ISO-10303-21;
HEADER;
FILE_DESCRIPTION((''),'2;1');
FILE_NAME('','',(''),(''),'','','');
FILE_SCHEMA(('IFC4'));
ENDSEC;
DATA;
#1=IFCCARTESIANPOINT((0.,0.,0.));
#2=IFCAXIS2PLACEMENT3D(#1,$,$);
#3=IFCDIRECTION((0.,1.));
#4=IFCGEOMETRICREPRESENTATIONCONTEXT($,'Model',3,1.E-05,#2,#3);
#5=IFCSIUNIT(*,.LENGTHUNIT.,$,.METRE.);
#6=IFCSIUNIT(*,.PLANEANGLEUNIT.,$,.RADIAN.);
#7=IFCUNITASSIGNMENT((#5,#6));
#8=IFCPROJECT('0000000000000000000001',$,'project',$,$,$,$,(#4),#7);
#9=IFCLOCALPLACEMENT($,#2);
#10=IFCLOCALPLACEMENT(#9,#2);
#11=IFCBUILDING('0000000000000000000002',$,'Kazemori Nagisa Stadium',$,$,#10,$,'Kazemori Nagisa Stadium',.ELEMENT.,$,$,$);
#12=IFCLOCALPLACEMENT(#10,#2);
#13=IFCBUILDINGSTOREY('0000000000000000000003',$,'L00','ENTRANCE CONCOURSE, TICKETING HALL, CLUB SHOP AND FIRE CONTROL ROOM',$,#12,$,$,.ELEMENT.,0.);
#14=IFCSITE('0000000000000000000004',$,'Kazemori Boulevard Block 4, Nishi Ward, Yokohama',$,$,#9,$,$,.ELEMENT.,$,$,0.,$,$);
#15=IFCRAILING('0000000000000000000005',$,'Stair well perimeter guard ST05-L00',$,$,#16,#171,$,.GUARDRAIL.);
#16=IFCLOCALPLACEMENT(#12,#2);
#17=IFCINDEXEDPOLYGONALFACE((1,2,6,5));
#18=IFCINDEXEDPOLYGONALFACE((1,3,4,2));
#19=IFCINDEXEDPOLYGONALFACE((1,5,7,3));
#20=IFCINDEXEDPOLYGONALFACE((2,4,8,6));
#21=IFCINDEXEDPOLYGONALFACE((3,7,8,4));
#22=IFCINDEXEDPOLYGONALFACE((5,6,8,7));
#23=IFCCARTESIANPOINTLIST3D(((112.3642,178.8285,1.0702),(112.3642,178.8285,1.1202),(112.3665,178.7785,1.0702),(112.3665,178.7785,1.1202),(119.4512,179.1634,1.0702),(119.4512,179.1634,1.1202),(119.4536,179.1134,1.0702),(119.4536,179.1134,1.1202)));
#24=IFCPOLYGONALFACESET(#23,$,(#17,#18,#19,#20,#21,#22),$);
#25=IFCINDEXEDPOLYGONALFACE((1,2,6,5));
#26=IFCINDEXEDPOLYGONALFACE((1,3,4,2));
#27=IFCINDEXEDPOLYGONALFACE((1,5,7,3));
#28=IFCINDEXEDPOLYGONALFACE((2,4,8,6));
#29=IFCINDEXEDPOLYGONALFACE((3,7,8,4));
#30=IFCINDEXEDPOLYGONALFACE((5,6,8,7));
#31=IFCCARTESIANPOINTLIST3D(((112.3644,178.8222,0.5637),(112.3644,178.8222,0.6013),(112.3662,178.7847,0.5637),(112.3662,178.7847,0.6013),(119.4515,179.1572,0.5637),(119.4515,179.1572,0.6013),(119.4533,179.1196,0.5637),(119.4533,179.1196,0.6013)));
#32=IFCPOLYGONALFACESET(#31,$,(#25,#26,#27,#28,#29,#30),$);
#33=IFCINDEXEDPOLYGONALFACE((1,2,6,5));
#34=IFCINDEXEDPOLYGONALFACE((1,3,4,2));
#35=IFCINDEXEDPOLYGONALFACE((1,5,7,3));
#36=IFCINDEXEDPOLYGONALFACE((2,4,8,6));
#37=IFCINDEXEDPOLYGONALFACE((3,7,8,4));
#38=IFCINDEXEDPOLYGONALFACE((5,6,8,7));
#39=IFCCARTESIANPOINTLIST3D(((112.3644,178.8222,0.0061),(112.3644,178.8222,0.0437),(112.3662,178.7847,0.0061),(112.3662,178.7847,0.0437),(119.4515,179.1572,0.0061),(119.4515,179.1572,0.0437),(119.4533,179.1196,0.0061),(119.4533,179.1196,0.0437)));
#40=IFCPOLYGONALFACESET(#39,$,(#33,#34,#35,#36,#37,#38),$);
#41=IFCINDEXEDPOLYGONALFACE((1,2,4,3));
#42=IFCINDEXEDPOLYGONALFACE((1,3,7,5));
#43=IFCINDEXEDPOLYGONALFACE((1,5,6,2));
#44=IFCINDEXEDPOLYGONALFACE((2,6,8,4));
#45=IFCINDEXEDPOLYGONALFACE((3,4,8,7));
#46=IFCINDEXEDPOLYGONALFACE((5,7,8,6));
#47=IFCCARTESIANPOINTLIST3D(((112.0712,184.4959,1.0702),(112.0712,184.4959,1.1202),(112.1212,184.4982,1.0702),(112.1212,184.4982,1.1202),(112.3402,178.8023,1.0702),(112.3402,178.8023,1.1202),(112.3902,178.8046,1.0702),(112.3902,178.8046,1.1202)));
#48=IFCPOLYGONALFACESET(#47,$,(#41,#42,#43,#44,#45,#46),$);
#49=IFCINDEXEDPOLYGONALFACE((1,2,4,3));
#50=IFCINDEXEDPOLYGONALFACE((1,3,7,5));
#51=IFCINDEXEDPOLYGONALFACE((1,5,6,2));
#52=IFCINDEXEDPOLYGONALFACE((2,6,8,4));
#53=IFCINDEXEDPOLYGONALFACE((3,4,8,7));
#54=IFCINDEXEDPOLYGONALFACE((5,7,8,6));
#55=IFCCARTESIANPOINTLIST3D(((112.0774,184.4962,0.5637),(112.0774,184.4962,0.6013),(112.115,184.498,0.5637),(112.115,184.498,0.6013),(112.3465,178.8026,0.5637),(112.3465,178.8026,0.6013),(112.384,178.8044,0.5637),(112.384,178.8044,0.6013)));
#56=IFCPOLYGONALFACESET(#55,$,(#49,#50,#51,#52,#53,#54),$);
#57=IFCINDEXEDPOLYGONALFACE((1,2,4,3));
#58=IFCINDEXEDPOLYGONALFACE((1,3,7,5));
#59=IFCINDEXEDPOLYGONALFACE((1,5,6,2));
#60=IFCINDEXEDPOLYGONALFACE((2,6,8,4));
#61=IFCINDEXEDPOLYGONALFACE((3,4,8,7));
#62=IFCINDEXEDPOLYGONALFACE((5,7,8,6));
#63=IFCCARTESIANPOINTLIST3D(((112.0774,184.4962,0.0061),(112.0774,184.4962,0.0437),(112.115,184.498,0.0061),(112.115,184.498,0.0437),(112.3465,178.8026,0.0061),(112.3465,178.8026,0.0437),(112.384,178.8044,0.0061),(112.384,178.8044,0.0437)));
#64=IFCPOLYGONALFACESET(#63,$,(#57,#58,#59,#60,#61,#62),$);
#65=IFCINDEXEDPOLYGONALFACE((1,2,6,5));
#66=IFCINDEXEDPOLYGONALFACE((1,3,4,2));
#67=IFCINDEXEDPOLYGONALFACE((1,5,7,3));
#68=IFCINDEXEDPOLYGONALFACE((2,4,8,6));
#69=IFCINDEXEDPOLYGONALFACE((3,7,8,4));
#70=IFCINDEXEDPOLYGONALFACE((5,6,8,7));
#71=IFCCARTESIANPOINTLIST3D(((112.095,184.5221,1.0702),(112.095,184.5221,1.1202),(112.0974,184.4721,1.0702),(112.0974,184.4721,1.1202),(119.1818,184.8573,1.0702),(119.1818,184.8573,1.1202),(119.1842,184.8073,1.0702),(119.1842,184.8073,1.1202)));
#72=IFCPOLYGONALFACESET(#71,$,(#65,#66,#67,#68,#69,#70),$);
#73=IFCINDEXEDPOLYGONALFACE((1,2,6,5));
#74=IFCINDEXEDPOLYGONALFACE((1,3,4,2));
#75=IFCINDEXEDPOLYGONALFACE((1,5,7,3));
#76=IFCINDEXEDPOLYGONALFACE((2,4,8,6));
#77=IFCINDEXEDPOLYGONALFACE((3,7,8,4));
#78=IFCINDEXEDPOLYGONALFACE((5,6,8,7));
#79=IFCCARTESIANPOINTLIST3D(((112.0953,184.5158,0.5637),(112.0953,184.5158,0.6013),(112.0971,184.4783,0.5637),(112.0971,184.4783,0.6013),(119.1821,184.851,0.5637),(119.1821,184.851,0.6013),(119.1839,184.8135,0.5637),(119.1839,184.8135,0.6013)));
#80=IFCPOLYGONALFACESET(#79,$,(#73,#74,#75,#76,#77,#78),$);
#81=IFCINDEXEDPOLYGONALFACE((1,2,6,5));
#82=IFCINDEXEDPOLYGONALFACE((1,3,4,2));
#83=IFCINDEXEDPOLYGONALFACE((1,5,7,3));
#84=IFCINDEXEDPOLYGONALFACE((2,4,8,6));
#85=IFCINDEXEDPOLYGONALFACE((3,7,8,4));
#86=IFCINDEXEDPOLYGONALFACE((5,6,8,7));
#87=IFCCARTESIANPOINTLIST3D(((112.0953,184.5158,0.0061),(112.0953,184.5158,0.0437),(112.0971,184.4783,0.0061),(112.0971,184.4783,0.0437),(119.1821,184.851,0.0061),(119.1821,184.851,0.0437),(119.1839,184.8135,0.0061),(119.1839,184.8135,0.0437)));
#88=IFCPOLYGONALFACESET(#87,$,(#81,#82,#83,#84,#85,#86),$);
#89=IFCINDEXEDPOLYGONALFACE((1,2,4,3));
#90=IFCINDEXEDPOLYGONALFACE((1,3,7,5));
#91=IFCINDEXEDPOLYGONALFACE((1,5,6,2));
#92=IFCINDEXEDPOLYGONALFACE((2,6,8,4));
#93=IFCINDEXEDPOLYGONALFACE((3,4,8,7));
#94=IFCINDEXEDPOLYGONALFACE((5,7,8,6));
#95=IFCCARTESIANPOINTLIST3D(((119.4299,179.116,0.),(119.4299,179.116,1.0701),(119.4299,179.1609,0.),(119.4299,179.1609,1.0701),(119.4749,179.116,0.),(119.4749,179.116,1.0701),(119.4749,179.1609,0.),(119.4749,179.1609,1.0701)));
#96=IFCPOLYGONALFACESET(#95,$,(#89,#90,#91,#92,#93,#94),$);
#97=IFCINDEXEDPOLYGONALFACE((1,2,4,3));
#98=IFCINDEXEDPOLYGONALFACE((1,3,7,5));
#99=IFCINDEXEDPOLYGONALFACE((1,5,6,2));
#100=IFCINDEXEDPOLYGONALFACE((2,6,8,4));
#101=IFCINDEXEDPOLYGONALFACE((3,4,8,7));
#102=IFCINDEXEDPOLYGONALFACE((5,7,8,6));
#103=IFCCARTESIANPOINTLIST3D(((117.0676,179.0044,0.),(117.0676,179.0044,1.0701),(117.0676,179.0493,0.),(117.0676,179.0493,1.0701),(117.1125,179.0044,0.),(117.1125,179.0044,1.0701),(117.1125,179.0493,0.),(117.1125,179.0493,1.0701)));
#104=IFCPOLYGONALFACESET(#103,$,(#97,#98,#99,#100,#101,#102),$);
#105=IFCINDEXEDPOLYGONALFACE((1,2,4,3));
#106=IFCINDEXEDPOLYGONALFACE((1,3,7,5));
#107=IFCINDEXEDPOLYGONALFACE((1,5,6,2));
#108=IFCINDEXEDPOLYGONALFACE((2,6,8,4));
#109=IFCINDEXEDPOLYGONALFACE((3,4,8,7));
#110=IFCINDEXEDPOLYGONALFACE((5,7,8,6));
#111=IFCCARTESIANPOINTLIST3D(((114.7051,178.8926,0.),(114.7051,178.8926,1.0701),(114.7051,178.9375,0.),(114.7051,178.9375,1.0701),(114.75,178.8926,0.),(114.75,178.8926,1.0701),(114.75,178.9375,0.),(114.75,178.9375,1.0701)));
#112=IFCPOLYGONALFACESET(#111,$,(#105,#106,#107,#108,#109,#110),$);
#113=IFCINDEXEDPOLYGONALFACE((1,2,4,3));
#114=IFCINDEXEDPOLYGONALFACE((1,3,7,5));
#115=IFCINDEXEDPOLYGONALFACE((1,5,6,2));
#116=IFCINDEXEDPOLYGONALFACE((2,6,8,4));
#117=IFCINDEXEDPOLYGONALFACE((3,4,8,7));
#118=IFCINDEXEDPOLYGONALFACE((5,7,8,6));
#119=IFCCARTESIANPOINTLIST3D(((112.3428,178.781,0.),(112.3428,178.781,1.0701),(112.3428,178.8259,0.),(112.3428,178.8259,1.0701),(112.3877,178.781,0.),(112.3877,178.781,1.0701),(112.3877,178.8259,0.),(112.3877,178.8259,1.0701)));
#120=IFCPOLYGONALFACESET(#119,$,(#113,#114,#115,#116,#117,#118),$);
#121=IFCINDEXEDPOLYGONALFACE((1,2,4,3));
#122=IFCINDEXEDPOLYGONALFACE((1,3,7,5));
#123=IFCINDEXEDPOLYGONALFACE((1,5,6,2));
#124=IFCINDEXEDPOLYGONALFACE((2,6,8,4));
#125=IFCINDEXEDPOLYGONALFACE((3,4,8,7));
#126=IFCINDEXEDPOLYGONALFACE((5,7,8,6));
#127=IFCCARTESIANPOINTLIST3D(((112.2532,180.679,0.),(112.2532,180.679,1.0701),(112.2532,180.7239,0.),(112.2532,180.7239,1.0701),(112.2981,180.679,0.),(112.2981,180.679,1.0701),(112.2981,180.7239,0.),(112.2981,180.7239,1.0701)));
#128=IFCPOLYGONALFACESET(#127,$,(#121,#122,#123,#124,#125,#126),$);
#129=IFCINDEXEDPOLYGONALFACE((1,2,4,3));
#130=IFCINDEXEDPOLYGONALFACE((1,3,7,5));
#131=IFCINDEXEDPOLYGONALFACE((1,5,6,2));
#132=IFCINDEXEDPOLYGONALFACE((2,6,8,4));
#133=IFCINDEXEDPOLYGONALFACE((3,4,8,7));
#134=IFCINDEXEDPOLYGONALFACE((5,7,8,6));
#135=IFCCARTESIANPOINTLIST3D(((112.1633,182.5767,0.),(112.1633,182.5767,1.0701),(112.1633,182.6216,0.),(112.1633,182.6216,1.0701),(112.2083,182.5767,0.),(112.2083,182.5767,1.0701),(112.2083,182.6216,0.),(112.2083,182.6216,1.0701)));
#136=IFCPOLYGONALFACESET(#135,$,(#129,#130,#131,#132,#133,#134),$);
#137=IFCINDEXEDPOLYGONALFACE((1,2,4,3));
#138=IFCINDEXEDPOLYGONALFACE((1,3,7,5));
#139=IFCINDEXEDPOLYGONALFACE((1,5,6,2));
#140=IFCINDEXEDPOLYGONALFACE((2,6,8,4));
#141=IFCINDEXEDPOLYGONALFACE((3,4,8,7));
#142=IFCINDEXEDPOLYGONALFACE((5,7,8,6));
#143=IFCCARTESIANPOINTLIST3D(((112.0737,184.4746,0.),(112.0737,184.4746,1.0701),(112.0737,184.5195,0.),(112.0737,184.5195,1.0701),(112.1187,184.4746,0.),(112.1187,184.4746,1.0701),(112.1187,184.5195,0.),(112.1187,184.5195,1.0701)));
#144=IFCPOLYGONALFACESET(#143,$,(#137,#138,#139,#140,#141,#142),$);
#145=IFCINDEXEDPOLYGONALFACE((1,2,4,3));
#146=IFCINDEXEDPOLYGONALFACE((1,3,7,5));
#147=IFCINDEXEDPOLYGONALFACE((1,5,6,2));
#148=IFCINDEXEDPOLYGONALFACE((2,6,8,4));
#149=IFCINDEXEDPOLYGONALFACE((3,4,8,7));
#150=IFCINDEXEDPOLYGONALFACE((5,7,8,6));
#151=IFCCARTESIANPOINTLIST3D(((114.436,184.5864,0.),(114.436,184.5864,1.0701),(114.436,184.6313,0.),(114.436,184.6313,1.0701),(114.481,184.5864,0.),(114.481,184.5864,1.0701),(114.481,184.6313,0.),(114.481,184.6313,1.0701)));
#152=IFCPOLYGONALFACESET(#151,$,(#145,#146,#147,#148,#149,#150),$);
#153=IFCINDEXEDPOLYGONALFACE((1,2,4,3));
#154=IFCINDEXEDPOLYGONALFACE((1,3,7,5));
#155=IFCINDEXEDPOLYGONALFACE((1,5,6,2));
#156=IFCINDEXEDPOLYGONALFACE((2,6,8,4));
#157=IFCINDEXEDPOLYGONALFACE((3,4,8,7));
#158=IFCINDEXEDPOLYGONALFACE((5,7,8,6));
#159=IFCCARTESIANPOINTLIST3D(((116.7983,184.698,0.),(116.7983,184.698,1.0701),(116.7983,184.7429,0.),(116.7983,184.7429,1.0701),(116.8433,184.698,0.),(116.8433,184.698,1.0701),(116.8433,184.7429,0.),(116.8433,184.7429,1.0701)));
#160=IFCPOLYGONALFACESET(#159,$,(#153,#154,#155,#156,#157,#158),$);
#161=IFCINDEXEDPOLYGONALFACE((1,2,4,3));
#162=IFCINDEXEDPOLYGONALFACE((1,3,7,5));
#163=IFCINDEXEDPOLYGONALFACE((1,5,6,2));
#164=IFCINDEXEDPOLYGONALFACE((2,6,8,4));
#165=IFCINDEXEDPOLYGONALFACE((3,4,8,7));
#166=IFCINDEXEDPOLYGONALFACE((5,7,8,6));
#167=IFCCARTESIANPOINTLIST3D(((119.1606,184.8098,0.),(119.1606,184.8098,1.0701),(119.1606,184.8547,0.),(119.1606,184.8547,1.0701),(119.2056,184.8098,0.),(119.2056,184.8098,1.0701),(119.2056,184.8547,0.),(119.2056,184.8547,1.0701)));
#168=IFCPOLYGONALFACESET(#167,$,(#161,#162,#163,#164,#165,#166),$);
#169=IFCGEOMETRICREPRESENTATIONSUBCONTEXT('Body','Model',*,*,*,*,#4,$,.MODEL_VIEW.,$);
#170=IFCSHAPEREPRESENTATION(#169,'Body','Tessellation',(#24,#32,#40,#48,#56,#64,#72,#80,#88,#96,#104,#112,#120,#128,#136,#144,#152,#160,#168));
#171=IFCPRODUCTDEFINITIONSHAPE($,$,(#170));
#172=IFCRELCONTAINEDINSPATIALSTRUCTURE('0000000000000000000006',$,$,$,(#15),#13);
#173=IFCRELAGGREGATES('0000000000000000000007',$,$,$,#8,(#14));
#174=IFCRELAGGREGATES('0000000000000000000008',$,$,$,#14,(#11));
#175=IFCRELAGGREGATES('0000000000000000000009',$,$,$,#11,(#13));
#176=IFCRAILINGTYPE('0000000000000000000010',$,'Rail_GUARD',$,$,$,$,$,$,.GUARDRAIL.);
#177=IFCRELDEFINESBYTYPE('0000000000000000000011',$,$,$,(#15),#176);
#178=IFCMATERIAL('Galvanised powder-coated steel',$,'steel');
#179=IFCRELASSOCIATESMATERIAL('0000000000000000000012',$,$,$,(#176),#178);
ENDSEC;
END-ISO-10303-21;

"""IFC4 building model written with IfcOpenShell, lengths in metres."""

from ifc_helpers import new_model, si_unit, direction, frame, origin, origin_2d, place, context, subcontext, project, spatial, rectangle, extrude, material, type_object, element, save


model = new_model("IFC4")

# Units and contexts
model_context = context("Model", 3, precision=1e-05, world=origin(), true_north=direction((0.0, 1.0)))
body_context = subcontext(model_context, "Body", "Model", "MODEL_VIEW")
ifc_project = project(units=[si_unit("LENGTHUNIT", "METRE"), si_unit("PLANEANGLEUNIT", "RADIAN")], contexts=[model_context])

# Site, building, storey
site_placement = place(None, origin())
site = spatial("IfcSite", under=ifc_project, at=site_placement, Name="Kazemori Boulevard Block 4, Nishi Ward, Yokohama", CompositionType="ELEMENT", RefElevation=0.0)
building_placement = place(site_placement, origin())
building = spatial("IfcBuilding", under=site, at=building_placement, Name="Kazemori Nagisa Stadium", LongName="Kazemori Nagisa Stadium", CompositionType="ELEMENT")
storey_placement = place(building_placement, origin())
storey = spatial("IfcBuildingStorey", under=building, at=storey_placement, Name="L00", Description="ENTRANCE CONCOURSE, TICKETING HALL, CLUB SHOP AND FIRE CONTROL ROOM", CompositionType="ELEMENT", Elevation=0.0)

# Railing
ifc_material_1 = material(Name="Galvanised powder-coated steel", Category="steel")
railing_type_1 = type_object("IfcRailingType", Name="Rail_GUARD", PredefinedType="GUARDRAIL", material=ifc_material_1)
railing_1_placement = place(storey_placement, frame((119.4524, 179.1384, 0.0)))
element("IfcRailing", 1, at=railing_1_placement, inside=storey, type_object=railing_type_1, Name="Stair well perimeter guard ST05-L00", PredefinedType="GUARDRAIL", context=body_context, shape_type="SweptSolid", body=[
    extrude(rectangle(XDim=0.05, YDim=0.05, at=origin_2d()), frame((0.0, 0.0, 1.0952), z_axis=(-0.998885, -0.04721, 0.0), x_axis=(0.04721, -0.998885, 0.0)), (0.0, 0.0, 1.0), 7.095),
    extrude(rectangle(XDim=0.0376, YDim=0.0376, at=origin_2d()), frame((0.0, 0.0, 0.5825), z_axis=(-0.998885, -0.04721, 0.0), x_axis=(0.04721, -0.998885, 0.0)), (0.0, 0.0, 1.0), 7.095),
    extrude(rectangle(XDim=0.0376, YDim=0.0376, at=origin_2d()), frame((0.0, 0.0, 0.0249), z_axis=(-0.998885, -0.04721, 0.0), x_axis=(0.04721, -0.998885, 0.0)), (0.0, 0.0, 1.0), 7.095),
    extrude(rectangle(XDim=0.05, YDim=0.05, at=origin_2d()), frame((-7.0872, -0.335, 1.0952), z_axis=(-0.047201, 0.998885, 0.0), x_axis=(-0.998885, -0.047201, 0.0)), (0.0, 0.0, 1.0), 5.7),
    extrude(rectangle(XDim=0.0376, YDim=0.0376, at=origin_2d()), frame((-7.0872, -0.335, 0.5825), z_axis=(-0.047201, 0.998885, 0.0), x_axis=(-0.998885, -0.047201, 0.0)), (0.0, 0.0, 1.0), 5.7),
    extrude(rectangle(XDim=0.0376, YDim=0.0376, at=origin_2d()), frame((-7.0872, -0.335, 0.0249), z_axis=(-0.047201, 0.998885, 0.0), x_axis=(-0.998885, -0.047201, 0.0)), (0.0, 0.0, 1.0), 5.7),
    extrude(rectangle(XDim=0.05, YDim=0.05, at=origin_2d()), frame((-7.3562, 5.3586, 1.0952), z_axis=(0.998883, 0.047246, 0.0), x_axis=(-0.047246, 0.998883, 0.0)), (0.0, 0.0, 1.0), 7.0947),
    extrude(rectangle(XDim=0.0376, YDim=0.0376, at=origin_2d()), frame((-7.3562, 5.3586, 0.5825), z_axis=(0.998883, 0.047246, 0.0), x_axis=(-0.047246, 0.998883, 0.0)), (0.0, 0.0, 1.0), 7.0947),
    extrude(rectangle(XDim=0.0376, YDim=0.0376, at=origin_2d()), frame((-7.3562, 5.3586, 0.0249), z_axis=(0.998883, 0.047246, 0.0), x_axis=(-0.047246, 0.998883, 0.0)), (0.0, 0.0, 1.0), 7.0947),
    extrude(rectangle(XDim=0.0449, YDim=0.0449, at=origin_2d()), origin(), (0.0, 0.0, 1.0), 1.0701),
    extrude(rectangle(XDim=0.0449, YDim=0.0449, at=origin_2d()), frame((-2.3623, -0.1116, 0.0)), (0.0, 0.0, 1.0), 1.0701),
    extrude(rectangle(XDim=0.0449, YDim=0.0449, at=origin_2d()), frame((-4.7249, -0.2234, 0.0)), (0.0, 0.0, 1.0), 1.0701),
    extrude(rectangle(XDim=0.0449, YDim=0.0449, at=origin_2d()), frame((-7.0872, -0.335, 0.0)), (0.0, 0.0, 1.0), 1.0701),
    extrude(rectangle(XDim=0.0449, YDim=0.0449, at=origin_2d()), frame((-7.1768, 1.563, 0.0)), (0.0, 0.0, 1.0), 1.0701),
    extrude(rectangle(XDim=0.0449, YDim=0.0449, at=origin_2d()), frame((-7.2666, 3.4607, 0.0)), (0.0, 0.0, 1.0), 1.0701),
    extrude(rectangle(XDim=0.0449, YDim=0.0449, at=origin_2d()), frame((-7.3562, 5.3586, 0.0)), (0.0, 0.0, 1.0), 1.0701),
    extrude(rectangle(XDim=0.0449, YDim=0.0449, at=origin_2d()), frame((-4.9939, 5.4705, 0.0)), (0.0, 0.0, 1.0), 1.0701),
    extrude(rectangle(XDim=0.0449, YDim=0.0449, at=origin_2d()), frame((-2.6316, 5.582, 0.0)), (0.0, 0.0, 1.0), 1.0701),
    extrude(rectangle(XDim=0.0449, YDim=0.0449, at=origin_2d()), frame((-0.2693, 5.6938, 0.0)), (0.0, 0.0, 1.0), 1.0701),
])

save(model, "model.ifc")
